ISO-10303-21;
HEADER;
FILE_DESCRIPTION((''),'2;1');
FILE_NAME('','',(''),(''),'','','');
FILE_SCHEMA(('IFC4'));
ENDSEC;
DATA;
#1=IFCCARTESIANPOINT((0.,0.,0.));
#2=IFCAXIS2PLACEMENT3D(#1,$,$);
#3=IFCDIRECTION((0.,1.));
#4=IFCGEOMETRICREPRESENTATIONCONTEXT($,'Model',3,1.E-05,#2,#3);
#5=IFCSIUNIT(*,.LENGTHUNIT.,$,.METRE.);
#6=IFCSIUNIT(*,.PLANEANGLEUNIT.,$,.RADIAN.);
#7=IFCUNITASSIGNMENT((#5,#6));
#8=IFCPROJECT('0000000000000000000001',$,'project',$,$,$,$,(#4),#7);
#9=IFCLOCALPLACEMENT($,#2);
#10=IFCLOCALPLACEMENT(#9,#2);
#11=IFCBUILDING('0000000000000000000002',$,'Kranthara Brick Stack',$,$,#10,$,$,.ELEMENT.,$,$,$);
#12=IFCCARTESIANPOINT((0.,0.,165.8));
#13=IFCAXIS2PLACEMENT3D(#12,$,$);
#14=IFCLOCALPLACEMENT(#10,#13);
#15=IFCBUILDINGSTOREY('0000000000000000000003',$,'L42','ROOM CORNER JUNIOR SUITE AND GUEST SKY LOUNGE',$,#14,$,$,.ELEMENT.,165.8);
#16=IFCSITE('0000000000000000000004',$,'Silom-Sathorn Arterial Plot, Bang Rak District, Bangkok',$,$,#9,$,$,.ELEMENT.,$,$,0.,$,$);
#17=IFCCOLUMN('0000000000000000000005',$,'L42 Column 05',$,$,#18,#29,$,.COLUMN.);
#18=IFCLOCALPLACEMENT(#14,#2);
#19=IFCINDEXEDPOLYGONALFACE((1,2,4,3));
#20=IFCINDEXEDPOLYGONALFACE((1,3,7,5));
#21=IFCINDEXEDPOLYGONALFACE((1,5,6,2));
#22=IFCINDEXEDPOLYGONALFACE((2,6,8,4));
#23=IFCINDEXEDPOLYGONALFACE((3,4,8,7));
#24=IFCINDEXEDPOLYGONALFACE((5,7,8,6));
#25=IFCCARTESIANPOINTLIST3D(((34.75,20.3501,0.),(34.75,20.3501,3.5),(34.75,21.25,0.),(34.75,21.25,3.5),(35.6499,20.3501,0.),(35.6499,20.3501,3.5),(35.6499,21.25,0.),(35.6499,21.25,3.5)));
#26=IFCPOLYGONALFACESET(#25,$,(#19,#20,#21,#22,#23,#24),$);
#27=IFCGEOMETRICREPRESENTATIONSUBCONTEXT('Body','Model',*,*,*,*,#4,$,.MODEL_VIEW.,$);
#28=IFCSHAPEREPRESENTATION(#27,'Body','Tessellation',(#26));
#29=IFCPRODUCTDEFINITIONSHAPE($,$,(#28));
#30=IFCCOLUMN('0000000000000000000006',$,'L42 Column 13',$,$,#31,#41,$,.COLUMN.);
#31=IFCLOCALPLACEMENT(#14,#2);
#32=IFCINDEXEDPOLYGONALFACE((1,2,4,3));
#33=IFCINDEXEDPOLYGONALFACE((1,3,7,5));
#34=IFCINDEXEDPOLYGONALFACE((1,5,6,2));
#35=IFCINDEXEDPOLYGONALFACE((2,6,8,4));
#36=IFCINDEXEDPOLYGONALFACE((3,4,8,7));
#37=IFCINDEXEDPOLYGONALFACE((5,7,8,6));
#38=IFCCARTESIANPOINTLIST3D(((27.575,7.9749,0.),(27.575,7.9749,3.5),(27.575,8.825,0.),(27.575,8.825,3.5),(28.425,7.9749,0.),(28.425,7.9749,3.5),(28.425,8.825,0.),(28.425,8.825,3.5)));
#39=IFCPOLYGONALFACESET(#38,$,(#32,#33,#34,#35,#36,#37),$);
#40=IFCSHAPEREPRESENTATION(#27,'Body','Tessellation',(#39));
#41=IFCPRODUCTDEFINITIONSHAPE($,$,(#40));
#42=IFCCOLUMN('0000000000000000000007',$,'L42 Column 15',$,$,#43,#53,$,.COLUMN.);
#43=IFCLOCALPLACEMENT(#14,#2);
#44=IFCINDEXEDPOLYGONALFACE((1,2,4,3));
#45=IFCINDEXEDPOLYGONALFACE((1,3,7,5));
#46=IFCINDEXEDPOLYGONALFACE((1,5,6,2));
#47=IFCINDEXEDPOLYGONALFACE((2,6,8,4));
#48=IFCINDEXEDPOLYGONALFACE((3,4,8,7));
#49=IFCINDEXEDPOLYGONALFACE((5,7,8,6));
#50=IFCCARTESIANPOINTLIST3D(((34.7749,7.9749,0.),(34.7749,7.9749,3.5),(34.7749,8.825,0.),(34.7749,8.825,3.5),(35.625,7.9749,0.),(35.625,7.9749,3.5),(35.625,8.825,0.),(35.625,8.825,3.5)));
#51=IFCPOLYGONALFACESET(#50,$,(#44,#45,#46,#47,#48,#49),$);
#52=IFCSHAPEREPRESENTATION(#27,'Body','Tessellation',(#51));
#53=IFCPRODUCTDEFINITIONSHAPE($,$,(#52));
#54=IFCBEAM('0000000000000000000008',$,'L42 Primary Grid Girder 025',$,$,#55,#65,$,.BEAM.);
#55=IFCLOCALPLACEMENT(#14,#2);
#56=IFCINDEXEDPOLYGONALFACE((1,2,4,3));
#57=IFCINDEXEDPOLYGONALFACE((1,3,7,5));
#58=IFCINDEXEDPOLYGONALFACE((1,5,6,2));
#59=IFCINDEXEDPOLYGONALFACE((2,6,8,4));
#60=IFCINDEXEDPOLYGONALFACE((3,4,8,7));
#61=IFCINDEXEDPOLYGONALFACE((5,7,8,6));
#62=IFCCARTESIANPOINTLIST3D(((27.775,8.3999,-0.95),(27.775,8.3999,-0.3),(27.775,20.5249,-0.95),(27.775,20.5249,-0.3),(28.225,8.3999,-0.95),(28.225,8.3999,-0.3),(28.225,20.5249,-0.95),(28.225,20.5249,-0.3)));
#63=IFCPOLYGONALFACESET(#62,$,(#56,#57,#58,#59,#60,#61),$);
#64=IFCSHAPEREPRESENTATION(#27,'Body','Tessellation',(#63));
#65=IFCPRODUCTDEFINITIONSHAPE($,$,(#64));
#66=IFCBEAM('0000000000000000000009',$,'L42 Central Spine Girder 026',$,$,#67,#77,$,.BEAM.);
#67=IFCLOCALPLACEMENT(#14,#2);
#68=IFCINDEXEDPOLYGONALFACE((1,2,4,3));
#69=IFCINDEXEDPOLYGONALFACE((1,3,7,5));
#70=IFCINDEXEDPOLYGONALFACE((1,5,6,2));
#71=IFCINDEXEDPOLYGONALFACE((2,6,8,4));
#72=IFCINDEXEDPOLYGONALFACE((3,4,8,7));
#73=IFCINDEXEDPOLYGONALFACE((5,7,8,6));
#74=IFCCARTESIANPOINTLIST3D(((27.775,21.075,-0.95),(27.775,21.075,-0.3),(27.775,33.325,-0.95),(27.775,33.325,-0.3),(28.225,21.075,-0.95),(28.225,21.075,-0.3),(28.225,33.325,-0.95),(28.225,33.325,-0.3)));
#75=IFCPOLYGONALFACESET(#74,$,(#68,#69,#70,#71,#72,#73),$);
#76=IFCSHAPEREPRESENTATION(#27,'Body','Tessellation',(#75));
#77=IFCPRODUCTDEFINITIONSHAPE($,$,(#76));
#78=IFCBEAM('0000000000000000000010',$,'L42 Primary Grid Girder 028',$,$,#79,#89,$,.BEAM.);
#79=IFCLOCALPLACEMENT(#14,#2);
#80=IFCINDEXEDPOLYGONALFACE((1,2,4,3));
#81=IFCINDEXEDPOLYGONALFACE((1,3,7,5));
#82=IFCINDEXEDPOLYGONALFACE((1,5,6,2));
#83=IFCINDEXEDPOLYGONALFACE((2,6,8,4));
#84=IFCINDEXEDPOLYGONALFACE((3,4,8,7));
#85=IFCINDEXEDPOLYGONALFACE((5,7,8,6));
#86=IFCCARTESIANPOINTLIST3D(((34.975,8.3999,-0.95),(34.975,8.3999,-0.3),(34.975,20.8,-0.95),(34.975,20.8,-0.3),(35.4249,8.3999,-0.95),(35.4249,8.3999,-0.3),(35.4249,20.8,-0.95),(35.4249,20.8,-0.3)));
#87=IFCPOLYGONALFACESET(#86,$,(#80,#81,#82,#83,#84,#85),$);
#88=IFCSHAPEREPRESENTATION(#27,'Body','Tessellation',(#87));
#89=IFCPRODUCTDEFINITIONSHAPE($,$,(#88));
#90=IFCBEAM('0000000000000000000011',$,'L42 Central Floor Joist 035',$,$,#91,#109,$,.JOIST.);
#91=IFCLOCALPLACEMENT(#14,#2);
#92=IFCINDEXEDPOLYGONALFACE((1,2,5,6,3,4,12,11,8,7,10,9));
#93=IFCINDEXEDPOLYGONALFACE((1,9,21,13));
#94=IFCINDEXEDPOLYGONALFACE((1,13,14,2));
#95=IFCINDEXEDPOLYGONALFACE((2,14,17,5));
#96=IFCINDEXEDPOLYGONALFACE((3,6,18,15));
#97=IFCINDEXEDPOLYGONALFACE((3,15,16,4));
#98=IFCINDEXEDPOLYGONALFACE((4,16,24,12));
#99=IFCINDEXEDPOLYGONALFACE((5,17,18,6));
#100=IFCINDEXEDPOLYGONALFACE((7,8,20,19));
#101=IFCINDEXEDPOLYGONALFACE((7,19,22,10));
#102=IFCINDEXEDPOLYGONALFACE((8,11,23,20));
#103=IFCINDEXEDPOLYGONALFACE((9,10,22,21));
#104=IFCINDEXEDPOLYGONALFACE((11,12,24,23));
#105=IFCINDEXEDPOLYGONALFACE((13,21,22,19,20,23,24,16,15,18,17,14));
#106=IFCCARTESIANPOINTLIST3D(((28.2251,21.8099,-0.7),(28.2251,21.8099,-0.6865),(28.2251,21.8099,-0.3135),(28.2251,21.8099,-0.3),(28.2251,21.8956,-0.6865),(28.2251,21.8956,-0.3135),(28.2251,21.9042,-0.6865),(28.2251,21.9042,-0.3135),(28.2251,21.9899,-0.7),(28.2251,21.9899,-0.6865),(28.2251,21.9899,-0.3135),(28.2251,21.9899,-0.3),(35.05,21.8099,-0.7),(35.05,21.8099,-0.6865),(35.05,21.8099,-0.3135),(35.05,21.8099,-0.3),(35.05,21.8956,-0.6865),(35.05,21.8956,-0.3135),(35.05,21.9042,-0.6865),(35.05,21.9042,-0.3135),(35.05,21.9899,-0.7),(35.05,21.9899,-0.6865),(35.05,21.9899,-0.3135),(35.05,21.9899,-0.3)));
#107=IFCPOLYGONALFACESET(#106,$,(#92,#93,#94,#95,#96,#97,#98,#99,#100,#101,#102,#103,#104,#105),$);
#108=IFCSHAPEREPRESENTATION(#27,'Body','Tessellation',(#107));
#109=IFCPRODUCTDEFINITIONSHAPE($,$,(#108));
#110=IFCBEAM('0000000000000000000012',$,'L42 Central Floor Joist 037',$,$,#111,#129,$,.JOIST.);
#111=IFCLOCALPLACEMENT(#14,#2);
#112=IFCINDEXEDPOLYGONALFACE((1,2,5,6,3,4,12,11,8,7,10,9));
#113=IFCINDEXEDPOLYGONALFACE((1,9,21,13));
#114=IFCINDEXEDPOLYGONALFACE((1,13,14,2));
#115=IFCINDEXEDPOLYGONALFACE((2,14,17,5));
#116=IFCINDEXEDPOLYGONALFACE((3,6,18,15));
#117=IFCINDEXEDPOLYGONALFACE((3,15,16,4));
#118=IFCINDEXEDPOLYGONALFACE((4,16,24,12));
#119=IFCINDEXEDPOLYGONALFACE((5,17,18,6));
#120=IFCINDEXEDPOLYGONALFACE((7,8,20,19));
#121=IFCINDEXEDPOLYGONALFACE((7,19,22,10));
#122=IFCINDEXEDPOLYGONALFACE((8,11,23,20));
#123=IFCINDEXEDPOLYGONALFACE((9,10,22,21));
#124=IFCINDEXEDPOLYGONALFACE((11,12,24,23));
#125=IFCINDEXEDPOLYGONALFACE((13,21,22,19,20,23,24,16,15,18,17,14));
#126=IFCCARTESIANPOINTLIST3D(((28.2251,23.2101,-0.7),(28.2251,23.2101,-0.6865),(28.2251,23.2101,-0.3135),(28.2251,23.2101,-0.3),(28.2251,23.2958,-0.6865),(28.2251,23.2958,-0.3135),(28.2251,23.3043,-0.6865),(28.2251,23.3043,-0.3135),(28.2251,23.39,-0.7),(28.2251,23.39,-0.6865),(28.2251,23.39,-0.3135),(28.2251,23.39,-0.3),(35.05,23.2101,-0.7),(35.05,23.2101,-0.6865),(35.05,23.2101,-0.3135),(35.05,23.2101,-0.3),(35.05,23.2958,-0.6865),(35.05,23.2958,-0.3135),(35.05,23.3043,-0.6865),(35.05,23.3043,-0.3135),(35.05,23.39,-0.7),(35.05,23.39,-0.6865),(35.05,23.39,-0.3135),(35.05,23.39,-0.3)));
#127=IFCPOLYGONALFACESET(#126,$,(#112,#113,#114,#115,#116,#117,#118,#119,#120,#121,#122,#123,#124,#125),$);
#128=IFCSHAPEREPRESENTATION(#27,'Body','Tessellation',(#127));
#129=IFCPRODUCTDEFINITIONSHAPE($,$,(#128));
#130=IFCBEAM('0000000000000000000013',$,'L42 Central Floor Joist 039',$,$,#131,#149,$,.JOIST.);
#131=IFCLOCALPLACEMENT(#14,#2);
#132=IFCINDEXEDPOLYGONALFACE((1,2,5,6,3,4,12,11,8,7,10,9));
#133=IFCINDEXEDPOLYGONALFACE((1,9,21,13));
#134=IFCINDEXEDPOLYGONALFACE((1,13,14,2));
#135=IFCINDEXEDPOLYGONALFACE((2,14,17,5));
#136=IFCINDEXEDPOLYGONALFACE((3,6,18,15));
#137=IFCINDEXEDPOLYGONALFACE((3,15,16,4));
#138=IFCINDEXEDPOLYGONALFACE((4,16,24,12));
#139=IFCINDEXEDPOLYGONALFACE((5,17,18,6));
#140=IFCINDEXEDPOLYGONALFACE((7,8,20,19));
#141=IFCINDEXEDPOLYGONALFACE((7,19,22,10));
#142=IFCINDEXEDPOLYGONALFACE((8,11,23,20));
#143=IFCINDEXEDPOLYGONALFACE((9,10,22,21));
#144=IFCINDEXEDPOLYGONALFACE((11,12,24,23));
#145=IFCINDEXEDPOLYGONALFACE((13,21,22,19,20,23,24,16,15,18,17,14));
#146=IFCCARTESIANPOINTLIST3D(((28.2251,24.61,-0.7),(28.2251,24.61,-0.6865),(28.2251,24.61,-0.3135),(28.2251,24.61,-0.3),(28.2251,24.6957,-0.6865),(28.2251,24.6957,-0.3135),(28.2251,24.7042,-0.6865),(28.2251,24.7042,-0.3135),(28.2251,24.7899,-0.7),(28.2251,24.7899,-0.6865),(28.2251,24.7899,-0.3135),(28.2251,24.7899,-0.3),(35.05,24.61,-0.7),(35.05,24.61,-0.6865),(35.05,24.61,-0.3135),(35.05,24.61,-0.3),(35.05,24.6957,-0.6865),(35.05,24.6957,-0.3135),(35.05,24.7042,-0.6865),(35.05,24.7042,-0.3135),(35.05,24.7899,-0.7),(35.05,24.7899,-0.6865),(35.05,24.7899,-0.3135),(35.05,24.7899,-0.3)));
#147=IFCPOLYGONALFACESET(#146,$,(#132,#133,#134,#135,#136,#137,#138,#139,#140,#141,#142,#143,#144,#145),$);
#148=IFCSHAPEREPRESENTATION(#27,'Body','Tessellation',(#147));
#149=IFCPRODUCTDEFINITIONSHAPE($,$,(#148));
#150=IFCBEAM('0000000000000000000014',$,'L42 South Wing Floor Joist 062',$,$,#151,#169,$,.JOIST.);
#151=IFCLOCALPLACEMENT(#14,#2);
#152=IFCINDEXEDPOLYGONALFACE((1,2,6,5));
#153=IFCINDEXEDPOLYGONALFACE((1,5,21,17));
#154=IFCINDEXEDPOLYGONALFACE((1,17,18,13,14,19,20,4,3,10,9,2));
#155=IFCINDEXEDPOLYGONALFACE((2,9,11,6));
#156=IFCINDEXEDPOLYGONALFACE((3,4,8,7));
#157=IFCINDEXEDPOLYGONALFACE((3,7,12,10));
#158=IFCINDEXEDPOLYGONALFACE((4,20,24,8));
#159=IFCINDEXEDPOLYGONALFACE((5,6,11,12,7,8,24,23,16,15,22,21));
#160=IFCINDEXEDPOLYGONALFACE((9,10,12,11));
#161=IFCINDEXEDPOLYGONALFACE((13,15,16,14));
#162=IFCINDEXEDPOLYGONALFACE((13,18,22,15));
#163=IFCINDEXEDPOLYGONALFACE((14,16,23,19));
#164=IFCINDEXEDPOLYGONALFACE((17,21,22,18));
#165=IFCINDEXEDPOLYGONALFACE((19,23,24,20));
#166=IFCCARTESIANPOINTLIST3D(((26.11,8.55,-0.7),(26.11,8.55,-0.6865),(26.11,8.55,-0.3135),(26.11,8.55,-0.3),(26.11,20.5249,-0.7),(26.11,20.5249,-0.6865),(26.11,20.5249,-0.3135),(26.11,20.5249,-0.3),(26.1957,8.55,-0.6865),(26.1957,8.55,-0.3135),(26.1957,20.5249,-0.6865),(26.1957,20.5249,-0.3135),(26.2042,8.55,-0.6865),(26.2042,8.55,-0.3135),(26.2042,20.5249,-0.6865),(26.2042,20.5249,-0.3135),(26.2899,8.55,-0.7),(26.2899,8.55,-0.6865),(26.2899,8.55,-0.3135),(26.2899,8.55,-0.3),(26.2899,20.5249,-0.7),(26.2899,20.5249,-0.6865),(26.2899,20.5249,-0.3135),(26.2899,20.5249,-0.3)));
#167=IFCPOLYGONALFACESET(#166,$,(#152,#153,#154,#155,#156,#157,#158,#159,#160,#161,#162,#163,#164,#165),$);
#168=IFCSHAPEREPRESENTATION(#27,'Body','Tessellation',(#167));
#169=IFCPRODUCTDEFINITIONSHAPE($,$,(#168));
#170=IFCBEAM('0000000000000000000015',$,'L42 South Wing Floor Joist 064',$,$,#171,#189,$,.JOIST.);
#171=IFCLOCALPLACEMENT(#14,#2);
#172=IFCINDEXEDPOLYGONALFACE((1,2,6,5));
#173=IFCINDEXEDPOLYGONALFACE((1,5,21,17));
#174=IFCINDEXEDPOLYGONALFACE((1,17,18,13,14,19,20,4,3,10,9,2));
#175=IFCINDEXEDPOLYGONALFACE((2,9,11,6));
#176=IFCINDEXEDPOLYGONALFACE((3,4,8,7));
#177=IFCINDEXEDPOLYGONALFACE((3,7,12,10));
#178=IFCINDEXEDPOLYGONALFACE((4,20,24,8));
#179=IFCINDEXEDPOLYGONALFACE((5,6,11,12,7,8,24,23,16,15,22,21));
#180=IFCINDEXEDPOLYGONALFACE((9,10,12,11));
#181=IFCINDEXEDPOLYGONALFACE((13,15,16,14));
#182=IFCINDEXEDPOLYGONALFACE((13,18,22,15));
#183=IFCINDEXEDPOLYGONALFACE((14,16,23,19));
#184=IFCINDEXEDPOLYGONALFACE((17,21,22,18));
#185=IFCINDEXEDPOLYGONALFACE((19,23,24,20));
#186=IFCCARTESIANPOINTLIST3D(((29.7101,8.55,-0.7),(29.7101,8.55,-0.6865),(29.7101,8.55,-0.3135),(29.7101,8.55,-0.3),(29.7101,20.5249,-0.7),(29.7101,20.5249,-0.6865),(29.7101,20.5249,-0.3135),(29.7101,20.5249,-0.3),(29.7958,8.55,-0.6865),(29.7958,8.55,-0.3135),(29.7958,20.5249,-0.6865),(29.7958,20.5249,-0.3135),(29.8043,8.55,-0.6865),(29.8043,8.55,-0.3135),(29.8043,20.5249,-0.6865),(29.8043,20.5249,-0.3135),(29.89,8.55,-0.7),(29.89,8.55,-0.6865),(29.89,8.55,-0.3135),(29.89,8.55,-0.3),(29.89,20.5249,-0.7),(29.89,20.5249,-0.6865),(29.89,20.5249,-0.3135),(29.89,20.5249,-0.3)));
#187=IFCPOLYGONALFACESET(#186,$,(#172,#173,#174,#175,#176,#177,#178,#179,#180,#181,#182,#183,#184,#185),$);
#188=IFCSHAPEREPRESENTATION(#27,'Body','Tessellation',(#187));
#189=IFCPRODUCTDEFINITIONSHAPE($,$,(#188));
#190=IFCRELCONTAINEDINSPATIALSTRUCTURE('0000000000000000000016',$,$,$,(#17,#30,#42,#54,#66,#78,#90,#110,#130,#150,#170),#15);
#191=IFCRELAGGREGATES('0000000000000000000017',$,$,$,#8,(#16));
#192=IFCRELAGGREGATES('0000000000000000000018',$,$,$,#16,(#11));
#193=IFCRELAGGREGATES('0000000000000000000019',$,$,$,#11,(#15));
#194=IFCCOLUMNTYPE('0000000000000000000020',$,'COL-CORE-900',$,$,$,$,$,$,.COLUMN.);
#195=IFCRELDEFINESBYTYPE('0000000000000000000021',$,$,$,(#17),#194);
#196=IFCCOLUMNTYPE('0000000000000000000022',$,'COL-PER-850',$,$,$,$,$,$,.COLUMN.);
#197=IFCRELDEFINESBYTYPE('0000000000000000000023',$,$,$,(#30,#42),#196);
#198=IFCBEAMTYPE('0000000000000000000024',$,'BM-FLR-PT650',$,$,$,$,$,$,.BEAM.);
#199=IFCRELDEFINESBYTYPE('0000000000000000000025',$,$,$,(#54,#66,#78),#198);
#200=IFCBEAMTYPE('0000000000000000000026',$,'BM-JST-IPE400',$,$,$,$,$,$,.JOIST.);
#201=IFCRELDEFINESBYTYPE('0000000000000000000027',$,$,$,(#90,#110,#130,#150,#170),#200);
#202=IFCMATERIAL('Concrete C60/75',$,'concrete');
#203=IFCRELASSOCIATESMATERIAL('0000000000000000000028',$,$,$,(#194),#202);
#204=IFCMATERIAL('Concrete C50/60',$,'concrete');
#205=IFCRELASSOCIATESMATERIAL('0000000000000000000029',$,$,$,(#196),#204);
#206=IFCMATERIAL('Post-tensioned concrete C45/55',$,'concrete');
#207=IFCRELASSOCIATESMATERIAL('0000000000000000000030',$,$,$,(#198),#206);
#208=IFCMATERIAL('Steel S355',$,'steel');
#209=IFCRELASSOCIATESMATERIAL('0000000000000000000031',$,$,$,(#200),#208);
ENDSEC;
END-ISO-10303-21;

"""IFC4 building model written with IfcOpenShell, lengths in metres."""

from ifc_helpers import new_model, si_unit, direction, frame, origin, origin_2d, place, context, subcontext, project, spatial, rectangle, i_section, extrude, material, material_profile, profile_set, type_object, element, save


model = new_model("IFC4")

# Units and contexts
model_context = context("Model", 3, precision=1e-05, world=origin(), true_north=direction((0.0, 1.0)))
body_context = subcontext(model_context, "Body", "Model", "MODEL_VIEW")
ifc_project = project(units=[si_unit("LENGTHUNIT", "METRE"), si_unit("PLANEANGLEUNIT", "RADIAN")], contexts=[model_context])

# Site, building, storey
site_placement = place(None, origin())
site = spatial("IfcSite", under=ifc_project, at=site_placement, Name="Silom-Sathorn Arterial Plot, Bang Rak District, Bangkok", CompositionType="ELEMENT", RefElevation=0.0)
building_placement = place(site_placement, origin())
building = spatial("IfcBuilding", under=site, at=building_placement, Name="Kranthara Brick Stack", CompositionType="ELEMENT")
storey_placement = place(building_placement, frame((0.0, 0.0, 165.8)))
storey = spatial("IfcBuildingStorey", under=building, at=storey_placement, Name="L42", Description="ROOM CORNER JUNIOR SUITE AND GUEST SKY LOUNGE", CompositionType="ELEMENT", Elevation=165.8)

# Columns
ifc_material_1 = material(Name="Concrete C60/75", Category="concrete")
ifc_material_profile_1 = material_profile(ifc_material_1, rectangle(XDim=0.8999, YDim=0.8999, at=origin_2d()), Name="RC 900x900")
ifc_profile_set_1 = profile_set([ifc_material_profile_1], Name="Concrete C60/75")
column_type_1 = type_object("IfcColumnType", Name="COL-CORE-900", PredefinedType="COLUMN", material=ifc_profile_set_1)
column_placement = place(storey_placement, frame((35.2, 20.8, 0.0), z_axis=(0.0, 0.0, 1.0), x_axis=(1.0, 0.0, 0.0)))
element("IfcColumn", 1, at=column_placement, inside=storey, type_object=column_type_1, Name="L42 Column 05", PredefinedType="COLUMN", context=body_context, shape_type="SweptSolid", body=[
    extrude(rectangle(XDim=0.8999, YDim=0.8999, at=origin_2d()), origin(), (0.0, 0.0, 1.0), 3.5),
])
ifc_material_2 = material(Name="Concrete C50/60", Category="concrete")
ifc_material_profile_2 = material_profile(ifc_material_2, rectangle(XDim=0.8501, YDim=0.8501, at=origin_2d()), Name="RC 850x850")
ifc_profile_set_2 = profile_set([ifc_material_profile_2], Name="Concrete C50/60")
column_type_2 = type_object("IfcColumnType", Name="COL-PER-850", PredefinedType="COLUMN", material=ifc_profile_set_2)
for number, where, z_axis, x_axis, name in (
    (2, (28.0, 8.3999, 0.0), (0.0, 0.0, 1.0), (1.0, 0.0, 0.0), "L42 Column 13"),
    (3, (35.2, 8.3999, 0.0), (0.0, 0.0, 1.0), (1.0, 0.0, 0.0), "L42 Column 15"),
):
    element("IfcColumn", number, at=place(storey_placement, frame(where, z_axis=z_axis, x_axis=x_axis)), inside=storey, type_object=column_type_2, Name=name, PredefinedType="COLUMN", context=body_context, shape_type="SweptSolid", body=[
        extrude(rectangle(XDim=0.8501, YDim=0.8501, at=origin_2d()), origin(), (0.0, 0.0, 1.0), 3.5),
    ])

# Beams
ifc_material_3 = material(Name="Post-tensioned concrete C45/55", Category="concrete")
ifc_material_profile_3 = material_profile(ifc_material_3, rectangle(XDim=0.45, YDim=0.6499, at=origin_2d()), Name="PT 450x650")
ifc_profile_set_3 = profile_set([ifc_material_profile_3], Name="Post-tensioned concrete C45/55")
beam_type_1 = type_object("IfcBeamType", Name="BM-FLR-PT650", PredefinedType="BEAM", material=ifc_profile_set_3)
beam_1_placement = place(storey_placement, frame((28.0, 8.3999, -0.625), z_axis=(0.0, 1.0, 0.0), x_axis=(-1.0, 0.0, 0.0)))
element("IfcBeam", 4, at=beam_1_placement, inside=storey, type_object=beam_type_1, Name="L42 Primary Grid Girder 025", PredefinedType="BEAM", context=body_context, shape_type="SweptSolid", body=[
    extrude(rectangle(XDim=0.45, YDim=0.6499, at=origin_2d()), origin(), (0.0, 0.0, 1.0), 12.125),
])
beam_2_placement = place(storey_placement, frame((28.0, 21.075, -0.625), z_axis=(0.0, 1.0, 0.0), x_axis=(-1.0, 0.0, 0.0)))
element("IfcBeam", 5, at=beam_2_placement, inside=storey, type_object=beam_type_1, Name="L42 Central Spine Girder 026", PredefinedType="BEAM", context=body_context, shape_type="SweptSolid", body=[
    extrude(rectangle(XDim=0.45, YDim=0.6499, at=origin_2d()), origin(), (0.0, 0.0, 1.0), 12.25),
])
beam_3_placement = place(storey_placement, frame((35.2, 8.3999, -0.625), z_axis=(0.0, 1.0, 0.0), x_axis=(-1.0, 0.0, 0.0)))
element("IfcBeam", 6, at=beam_3_placement, inside=storey, type_object=beam_type_1, Name="L42 Primary Grid Girder 028", PredefinedType="BEAM", context=body_context, shape_type="SweptSolid", body=[
    extrude(rectangle(XDim=0.45, YDim=0.6499, at=origin_2d()), origin(), (0.0, 0.0, 1.0), 12.4001),
])
ifc_material_4 = material(Name="Steel S355", Category="steel")
ifc_material_profile_4 = material_profile(ifc_material_4, i_section(OverallWidth=0.1799, OverallDepth=0.3999, WebThickness=0.0085, FlangeThickness=0.0134, at=origin_2d()), Name="IPE 400")
ifc_profile_set_4 = profile_set([ifc_material_profile_4], Name="Steel S355")
beam_type_2 = type_object("IfcBeamType", Name="BM-JST-IPE400", PredefinedType="JOIST", material=ifc_profile_set_4)
for number, where, z_axis, x_axis, name in (
    (7, (28.2251, 21.8999, -0.5), (1.0, 0.0, 0.0), (0.0, 1.0, 0.0), "L42 Central Floor Joist 035"),
    (8, (28.2251, 23.3, -0.5), (1.0, 0.0, 0.0), (0.0, 1.0, 0.0), "L42 Central Floor Joist 037"),
    (9, (28.2251, 24.7, -0.5), (1.0, 0.0, 0.0), (0.0, 1.0, 0.0), "L42 Central Floor Joist 039"),
):
    element("IfcBeam", number, at=place(storey_placement, frame(where, z_axis=z_axis, x_axis=x_axis)), inside=storey, type_object=beam_type_2, Name=name, PredefinedType="JOIST", context=body_context, shape_type="SweptSolid", body=[
        extrude(i_section(OverallWidth=0.1799, OverallDepth=0.3999, WebThickness=0.0085, FlangeThickness=0.0134, at=origin_2d()), origin(), (0.0, 0.0, 1.0), 6.825),
    ])
for number, where, z_axis, x_axis, name in (
    (10, (26.2, 8.55, -0.5), (0.0, 1.0, 0.0), (-1.0, 0.0, 0.0), "L42 South Wing Floor Joist 062"),
    (11, (29.8, 8.55, -0.5), (0.0, 1.0, 0.0), (-1.0, 0.0, 0.0), "L42 South Wing Floor Joist 064"),
):
    element("IfcBeam", number, at=place(storey_placement, frame(where, z_axis=z_axis, x_axis=x_axis)), inside=storey, type_object=beam_type_2, Name=name, PredefinedType="JOIST", context=body_context, shape_type="SweptSolid", body=[
        extrude(i_section(OverallWidth=0.1799, OverallDepth=0.3999, WebThickness=0.0085, FlangeThickness=0.0134, at=origin_2d()), origin(), (0.0, 0.0, 1.0), 11.9749),
    ])

save(model, "model.ifc")
